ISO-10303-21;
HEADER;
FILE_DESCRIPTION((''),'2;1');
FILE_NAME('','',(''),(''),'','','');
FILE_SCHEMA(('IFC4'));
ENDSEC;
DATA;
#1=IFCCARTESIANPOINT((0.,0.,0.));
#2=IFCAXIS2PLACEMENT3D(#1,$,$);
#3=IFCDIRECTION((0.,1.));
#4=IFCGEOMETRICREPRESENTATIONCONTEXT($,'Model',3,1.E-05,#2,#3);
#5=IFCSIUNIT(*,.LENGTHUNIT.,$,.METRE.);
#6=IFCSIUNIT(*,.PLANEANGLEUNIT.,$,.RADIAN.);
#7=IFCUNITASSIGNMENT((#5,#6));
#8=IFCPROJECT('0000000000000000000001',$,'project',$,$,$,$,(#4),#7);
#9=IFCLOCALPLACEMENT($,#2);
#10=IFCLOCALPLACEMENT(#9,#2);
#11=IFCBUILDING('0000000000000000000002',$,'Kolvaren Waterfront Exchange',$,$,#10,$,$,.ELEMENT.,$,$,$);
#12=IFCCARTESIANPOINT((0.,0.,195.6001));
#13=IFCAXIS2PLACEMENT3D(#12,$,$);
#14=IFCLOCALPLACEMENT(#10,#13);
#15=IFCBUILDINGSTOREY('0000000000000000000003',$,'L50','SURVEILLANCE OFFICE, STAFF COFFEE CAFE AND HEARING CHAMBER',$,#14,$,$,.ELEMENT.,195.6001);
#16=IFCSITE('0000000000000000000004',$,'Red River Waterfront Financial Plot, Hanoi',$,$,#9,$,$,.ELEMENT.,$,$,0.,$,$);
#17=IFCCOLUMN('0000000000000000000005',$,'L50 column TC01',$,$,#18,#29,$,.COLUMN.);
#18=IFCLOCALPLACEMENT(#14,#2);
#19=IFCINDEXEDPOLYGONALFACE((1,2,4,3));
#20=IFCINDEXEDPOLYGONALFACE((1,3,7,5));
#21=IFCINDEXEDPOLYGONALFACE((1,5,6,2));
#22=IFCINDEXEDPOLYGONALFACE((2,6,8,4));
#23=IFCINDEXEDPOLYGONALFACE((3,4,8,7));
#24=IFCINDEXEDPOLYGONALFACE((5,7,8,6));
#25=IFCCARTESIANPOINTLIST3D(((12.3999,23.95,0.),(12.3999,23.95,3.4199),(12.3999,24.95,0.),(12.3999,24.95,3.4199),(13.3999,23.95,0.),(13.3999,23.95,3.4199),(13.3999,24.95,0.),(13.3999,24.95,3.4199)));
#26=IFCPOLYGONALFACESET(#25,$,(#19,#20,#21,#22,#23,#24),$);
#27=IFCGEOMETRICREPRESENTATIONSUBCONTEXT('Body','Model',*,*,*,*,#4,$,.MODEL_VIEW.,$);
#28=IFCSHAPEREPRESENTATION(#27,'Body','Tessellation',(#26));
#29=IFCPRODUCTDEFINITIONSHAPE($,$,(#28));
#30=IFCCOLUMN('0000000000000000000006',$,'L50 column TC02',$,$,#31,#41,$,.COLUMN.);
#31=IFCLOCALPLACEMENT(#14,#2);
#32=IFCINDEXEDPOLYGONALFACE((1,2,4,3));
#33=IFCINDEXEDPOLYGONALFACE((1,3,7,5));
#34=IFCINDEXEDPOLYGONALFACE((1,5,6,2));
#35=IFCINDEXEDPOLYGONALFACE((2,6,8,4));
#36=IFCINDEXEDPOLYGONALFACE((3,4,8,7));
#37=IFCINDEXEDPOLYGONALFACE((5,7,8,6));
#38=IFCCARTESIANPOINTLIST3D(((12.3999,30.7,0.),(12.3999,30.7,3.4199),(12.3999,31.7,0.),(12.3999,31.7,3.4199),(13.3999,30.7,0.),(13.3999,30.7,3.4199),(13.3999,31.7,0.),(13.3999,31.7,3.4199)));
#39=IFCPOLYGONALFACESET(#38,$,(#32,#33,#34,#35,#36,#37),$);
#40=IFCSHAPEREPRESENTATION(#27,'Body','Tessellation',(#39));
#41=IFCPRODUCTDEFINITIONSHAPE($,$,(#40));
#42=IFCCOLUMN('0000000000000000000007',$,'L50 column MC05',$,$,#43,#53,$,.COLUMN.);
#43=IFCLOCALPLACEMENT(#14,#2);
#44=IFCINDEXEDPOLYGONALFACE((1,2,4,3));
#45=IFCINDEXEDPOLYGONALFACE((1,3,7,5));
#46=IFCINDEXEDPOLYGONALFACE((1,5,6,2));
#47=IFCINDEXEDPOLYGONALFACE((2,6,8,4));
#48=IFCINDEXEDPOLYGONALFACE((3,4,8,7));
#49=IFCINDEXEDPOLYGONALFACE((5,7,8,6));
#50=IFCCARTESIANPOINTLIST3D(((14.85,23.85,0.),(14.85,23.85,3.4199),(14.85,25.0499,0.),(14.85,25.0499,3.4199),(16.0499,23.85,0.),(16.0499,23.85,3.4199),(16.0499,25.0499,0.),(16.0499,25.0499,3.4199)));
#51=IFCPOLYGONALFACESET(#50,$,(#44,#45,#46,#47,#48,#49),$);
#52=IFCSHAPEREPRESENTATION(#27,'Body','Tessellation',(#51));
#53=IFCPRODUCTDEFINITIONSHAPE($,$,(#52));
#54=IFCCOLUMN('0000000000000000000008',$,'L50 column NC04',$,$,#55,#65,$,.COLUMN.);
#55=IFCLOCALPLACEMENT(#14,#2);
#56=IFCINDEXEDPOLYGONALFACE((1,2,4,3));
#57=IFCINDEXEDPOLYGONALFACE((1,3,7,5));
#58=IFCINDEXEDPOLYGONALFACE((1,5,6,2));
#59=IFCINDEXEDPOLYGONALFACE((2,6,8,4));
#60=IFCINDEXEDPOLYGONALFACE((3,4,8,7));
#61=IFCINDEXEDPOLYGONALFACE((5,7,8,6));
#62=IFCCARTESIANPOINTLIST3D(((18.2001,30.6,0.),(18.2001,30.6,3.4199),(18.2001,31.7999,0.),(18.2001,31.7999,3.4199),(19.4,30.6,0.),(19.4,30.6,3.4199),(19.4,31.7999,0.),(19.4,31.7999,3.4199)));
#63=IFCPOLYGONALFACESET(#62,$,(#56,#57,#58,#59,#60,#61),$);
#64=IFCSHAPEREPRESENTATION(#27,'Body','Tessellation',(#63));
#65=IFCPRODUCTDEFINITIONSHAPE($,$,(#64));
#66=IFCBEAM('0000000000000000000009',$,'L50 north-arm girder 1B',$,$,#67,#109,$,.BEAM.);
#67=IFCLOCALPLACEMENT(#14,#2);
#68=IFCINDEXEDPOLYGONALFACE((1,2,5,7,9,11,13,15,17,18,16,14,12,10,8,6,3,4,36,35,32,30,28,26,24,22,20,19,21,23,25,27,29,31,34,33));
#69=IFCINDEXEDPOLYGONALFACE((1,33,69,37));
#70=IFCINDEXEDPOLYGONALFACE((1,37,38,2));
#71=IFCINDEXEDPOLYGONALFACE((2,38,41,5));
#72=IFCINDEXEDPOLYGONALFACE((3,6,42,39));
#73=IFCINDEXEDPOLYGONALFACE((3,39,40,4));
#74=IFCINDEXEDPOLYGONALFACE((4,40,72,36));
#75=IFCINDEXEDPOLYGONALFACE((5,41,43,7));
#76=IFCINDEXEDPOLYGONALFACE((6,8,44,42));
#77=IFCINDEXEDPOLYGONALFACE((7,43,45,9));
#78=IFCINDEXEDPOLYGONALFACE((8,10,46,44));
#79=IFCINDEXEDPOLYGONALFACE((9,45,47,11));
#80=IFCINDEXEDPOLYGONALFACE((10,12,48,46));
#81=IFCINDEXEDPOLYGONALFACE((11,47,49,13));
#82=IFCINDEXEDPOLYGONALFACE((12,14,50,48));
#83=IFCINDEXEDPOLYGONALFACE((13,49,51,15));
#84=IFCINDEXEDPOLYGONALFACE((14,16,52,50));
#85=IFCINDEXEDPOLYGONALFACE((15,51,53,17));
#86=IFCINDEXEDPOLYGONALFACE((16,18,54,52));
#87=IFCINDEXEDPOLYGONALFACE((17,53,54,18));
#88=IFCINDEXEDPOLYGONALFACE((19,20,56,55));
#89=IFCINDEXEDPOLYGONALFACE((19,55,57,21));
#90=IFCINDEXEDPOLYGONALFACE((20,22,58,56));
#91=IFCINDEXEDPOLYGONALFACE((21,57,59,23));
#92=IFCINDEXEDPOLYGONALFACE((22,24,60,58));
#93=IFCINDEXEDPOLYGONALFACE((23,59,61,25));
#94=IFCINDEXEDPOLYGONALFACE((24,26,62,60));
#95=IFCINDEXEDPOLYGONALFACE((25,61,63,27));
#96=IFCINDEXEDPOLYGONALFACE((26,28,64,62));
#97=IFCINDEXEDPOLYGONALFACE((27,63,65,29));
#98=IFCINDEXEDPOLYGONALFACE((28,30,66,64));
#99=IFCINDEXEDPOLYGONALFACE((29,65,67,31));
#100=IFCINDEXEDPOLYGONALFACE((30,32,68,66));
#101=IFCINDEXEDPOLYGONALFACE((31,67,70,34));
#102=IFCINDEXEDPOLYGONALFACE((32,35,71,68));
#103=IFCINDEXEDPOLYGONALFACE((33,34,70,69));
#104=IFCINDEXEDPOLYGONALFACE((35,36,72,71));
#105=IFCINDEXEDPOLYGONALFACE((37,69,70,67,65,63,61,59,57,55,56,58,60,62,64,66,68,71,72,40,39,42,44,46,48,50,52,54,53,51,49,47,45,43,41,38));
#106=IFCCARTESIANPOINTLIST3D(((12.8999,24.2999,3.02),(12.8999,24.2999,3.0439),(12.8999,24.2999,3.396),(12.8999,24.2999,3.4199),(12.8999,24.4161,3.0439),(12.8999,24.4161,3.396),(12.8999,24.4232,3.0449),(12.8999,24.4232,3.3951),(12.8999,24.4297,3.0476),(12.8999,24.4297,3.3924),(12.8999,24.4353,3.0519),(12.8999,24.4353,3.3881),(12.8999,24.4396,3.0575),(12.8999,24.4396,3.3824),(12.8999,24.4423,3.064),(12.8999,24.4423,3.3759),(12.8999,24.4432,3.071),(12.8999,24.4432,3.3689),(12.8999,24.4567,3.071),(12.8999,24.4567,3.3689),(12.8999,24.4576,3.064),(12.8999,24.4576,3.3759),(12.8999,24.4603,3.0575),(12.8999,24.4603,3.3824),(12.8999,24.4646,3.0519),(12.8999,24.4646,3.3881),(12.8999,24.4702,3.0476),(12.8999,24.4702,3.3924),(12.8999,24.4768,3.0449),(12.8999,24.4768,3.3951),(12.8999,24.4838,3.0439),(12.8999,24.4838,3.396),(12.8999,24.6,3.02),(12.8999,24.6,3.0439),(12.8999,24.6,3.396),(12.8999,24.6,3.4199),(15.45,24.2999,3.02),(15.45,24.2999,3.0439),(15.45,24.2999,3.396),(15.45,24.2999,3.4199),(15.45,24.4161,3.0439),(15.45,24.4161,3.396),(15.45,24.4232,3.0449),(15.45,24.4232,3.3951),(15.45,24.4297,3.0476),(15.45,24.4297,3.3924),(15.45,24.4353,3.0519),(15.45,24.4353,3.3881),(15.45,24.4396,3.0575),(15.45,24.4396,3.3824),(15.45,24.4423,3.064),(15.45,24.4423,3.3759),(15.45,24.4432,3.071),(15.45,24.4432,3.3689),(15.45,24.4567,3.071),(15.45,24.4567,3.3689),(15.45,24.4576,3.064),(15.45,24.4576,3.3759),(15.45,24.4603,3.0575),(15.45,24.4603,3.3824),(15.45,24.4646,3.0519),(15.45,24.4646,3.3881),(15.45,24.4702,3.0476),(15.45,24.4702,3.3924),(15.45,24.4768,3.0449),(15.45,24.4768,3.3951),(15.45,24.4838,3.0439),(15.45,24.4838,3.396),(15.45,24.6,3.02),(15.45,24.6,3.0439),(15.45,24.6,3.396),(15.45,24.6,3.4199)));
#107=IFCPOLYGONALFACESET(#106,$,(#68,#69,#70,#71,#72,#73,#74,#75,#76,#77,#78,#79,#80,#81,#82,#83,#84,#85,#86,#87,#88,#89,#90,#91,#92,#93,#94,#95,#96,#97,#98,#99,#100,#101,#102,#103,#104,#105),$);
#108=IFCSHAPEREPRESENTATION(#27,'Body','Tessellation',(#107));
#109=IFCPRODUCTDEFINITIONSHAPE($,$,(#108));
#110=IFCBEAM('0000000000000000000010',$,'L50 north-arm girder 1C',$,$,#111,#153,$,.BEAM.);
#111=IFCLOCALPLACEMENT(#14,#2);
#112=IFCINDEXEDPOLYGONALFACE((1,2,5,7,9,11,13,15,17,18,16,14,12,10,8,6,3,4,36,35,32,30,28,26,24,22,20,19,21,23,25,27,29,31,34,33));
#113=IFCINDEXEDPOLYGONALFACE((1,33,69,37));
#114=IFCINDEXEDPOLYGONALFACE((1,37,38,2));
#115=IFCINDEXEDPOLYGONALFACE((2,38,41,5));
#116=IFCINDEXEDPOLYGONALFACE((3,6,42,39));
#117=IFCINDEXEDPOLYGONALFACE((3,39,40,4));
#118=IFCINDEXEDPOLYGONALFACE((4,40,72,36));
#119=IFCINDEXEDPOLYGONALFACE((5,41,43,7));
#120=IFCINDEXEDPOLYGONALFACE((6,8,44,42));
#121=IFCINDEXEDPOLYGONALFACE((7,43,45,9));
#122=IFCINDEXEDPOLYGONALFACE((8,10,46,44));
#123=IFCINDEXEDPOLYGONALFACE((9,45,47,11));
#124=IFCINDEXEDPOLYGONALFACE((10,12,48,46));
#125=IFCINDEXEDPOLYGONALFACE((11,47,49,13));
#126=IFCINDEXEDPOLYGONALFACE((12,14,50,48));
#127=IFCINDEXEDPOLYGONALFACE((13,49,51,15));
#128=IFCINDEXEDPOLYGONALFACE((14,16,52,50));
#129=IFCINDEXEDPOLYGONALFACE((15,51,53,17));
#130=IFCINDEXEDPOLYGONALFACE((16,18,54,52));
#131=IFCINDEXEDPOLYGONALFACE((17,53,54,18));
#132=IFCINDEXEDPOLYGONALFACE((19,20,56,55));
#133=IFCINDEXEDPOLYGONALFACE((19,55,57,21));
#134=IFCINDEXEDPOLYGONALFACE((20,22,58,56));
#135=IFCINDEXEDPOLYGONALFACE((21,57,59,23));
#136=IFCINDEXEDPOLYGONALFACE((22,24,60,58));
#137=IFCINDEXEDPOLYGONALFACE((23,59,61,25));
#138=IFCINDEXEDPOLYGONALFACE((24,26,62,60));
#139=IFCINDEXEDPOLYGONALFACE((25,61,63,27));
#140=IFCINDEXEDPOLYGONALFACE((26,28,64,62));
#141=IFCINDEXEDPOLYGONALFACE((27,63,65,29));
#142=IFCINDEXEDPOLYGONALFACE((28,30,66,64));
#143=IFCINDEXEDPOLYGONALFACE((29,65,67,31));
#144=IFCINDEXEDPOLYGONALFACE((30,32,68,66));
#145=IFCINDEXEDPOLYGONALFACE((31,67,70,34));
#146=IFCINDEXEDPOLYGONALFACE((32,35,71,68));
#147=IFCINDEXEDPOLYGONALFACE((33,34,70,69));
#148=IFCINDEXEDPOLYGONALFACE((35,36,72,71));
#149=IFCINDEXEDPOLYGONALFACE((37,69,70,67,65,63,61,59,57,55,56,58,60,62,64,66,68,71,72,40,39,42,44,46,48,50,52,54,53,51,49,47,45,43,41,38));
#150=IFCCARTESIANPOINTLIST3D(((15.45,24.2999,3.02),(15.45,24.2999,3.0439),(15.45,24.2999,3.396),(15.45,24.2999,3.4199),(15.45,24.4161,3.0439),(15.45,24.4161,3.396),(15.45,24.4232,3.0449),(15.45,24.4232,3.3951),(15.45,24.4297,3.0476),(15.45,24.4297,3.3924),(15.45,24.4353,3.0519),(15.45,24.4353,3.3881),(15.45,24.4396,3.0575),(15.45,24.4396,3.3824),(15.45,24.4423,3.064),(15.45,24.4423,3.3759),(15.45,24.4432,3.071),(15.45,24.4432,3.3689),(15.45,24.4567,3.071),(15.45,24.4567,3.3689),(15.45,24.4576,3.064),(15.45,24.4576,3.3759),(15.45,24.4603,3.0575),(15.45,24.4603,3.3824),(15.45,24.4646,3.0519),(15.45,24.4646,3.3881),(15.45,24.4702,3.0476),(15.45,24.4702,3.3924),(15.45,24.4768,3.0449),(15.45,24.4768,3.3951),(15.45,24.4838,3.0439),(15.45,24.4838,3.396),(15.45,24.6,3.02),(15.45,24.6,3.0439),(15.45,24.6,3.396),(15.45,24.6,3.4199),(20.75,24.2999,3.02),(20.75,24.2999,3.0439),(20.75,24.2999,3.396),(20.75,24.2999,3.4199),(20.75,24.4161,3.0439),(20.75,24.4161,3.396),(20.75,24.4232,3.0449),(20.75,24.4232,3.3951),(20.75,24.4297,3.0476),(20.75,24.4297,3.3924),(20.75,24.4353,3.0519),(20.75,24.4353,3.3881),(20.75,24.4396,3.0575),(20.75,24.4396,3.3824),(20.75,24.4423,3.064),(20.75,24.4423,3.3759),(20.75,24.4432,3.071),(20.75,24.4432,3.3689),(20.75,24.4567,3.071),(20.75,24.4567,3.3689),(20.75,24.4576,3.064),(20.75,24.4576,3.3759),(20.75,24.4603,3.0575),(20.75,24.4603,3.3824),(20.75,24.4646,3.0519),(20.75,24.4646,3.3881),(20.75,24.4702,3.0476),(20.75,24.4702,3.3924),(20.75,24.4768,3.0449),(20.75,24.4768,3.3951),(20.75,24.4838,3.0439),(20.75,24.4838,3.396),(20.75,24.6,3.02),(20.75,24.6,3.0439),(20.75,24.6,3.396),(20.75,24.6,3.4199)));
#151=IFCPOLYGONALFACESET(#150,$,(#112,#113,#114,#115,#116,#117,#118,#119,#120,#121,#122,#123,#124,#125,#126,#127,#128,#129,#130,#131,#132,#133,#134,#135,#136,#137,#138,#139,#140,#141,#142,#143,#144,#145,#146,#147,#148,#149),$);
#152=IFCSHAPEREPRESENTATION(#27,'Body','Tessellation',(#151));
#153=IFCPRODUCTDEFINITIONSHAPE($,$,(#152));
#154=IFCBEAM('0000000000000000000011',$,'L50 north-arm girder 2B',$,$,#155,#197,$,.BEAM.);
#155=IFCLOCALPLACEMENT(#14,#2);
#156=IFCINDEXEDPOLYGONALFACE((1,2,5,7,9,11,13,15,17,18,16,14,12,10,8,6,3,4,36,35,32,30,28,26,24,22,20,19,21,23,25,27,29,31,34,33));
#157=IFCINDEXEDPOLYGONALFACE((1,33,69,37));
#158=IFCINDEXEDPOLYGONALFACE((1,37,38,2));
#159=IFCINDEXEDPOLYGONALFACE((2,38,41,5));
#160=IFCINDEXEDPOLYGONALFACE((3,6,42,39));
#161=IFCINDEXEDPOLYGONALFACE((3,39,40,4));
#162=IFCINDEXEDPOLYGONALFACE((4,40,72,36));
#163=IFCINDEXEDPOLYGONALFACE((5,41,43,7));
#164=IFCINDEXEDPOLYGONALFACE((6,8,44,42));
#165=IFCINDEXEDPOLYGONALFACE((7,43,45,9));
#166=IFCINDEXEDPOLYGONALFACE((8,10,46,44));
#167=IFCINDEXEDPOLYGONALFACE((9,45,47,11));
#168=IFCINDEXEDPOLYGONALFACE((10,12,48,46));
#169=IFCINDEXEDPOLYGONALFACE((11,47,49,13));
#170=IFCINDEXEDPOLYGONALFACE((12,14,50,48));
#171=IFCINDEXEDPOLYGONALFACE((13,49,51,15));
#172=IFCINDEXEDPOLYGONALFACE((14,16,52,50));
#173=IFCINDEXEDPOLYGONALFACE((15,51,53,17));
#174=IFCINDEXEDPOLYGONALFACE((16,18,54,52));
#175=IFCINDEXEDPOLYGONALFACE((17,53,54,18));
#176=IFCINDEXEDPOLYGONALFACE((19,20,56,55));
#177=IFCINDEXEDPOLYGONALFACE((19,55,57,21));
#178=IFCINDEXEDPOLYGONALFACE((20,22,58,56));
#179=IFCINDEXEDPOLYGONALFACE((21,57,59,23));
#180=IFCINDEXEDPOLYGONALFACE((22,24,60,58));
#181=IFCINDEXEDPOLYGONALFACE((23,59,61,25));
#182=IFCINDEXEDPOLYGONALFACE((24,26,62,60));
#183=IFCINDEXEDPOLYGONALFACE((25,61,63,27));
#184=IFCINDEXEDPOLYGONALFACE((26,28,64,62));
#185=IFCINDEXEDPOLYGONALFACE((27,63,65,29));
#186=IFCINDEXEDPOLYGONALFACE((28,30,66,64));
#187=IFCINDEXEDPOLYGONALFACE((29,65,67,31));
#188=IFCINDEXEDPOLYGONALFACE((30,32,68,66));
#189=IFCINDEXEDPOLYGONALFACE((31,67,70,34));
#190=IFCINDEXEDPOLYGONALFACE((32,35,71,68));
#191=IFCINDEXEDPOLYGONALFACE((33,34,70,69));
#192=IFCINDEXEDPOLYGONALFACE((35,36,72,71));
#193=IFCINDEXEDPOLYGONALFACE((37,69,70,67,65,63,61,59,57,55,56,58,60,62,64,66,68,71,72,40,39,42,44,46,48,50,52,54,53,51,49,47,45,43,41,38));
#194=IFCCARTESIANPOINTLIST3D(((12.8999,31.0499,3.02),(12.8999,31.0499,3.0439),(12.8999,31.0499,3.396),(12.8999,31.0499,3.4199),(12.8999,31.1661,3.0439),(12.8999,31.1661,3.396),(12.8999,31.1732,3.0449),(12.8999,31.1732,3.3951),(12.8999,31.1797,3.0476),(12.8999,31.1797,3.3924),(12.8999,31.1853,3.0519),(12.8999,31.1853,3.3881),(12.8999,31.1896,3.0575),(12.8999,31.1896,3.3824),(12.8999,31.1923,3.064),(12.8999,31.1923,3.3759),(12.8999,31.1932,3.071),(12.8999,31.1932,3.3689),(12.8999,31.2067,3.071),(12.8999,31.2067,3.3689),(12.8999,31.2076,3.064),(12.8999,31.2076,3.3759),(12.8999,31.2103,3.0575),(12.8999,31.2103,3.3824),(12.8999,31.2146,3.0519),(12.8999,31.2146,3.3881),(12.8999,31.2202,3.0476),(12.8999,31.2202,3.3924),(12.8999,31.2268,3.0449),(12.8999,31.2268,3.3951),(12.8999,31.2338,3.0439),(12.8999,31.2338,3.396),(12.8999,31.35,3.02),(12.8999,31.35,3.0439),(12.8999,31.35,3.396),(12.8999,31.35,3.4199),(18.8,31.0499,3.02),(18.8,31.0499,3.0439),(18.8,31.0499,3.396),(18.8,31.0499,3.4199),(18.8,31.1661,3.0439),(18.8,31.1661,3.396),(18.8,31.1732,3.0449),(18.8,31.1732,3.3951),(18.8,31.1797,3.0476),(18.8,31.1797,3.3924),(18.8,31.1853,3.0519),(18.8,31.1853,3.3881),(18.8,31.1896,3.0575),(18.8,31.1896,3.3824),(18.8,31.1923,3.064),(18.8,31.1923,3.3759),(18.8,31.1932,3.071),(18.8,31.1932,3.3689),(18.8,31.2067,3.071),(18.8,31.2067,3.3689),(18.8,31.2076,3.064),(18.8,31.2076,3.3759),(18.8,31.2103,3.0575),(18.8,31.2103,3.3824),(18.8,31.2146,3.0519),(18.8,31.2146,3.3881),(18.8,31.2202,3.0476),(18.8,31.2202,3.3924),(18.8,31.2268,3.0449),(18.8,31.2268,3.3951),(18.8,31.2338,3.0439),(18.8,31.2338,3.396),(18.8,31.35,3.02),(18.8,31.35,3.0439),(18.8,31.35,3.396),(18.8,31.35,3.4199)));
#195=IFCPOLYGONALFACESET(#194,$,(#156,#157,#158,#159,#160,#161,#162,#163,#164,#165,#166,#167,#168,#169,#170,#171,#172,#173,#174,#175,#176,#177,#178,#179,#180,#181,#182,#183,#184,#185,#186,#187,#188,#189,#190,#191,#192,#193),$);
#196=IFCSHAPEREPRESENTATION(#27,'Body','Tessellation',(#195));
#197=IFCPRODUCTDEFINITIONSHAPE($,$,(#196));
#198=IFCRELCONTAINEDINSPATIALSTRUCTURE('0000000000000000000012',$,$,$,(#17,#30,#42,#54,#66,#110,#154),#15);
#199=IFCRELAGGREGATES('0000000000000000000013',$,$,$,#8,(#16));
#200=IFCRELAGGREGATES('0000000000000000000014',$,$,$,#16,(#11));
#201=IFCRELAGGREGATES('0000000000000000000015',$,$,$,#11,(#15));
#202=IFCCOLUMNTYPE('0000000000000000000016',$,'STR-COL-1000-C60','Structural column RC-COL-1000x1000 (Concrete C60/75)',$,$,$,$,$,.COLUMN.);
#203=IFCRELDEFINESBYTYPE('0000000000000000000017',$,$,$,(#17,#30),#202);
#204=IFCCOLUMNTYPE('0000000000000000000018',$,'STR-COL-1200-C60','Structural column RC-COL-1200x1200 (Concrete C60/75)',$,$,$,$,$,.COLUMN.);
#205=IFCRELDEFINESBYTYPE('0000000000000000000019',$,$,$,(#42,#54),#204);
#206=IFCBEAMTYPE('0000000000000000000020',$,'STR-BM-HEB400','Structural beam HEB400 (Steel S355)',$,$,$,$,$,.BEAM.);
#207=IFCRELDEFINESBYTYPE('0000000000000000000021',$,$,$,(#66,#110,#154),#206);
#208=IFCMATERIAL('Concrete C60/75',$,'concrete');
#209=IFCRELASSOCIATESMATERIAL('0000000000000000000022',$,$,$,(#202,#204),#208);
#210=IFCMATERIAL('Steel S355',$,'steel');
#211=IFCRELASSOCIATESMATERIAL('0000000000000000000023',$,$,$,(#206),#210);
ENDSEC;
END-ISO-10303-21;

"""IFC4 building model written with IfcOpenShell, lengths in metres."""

from ifc_helpers import new_model, si_unit, direction, frame, origin, origin_2d, place, context, subcontext, project, spatial, rectangle, i_section, extrude, material, material_profile, profile_set, type_object, element, save


model = new_model("IFC4")

# Units and contexts
model_context = context("Model", 3, precision=1e-05, world=origin(), true_north=direction((0.0, 1.0)))
body_context = subcontext(model_context, "Body", "Model", "MODEL_VIEW")
ifc_project = project(units=[si_unit("LENGTHUNIT", "METRE"), si_unit("PLANEANGLEUNIT", "RADIAN")], contexts=[model_context])

# Site, building, storey
site_placement = place(None, origin())
site = spatial("IfcSite", under=ifc_project, at=site_placement, Name="Red River Waterfront Financial Plot, Hanoi", CompositionType="ELEMENT", RefElevation=0.0)
building_placement = place(site_placement, origin())
building = spatial("IfcBuilding", under=site, at=building_placement, Name="Kolvaren Waterfront Exchange", CompositionType="ELEMENT")
storey_placement = place(building_placement, frame((0.0, 0.0, 195.6001)))
storey = spatial("IfcBuildingStorey", under=building, at=storey_placement, Name="L50", Description="SURVEILLANCE OFFICE, STAFF COFFEE CAFE AND HEARING CHAMBER", CompositionType="ELEMENT", Elevation=195.6001)

# Columns
ifc_material_1 = material(Name="Concrete C60/75", Category="concrete")
ifc_material_profile_1 = material_profile(ifc_material_1, rectangle(XDim=1.0, YDim=1.0, at=origin_2d()), Name="RC-COL-1000x1000")
ifc_profile_set_1 = profile_set([ifc_material_profile_1], Name="Concrete C60/75")
column_type_1 = type_object("IfcColumnType", Name="STR-COL-1000-C60", Description="Structural column RC-COL-1000x1000 (Concrete C60/75)", PredefinedType="COLUMN", material=ifc_profile_set_1)
for number, where, z_axis, x_axis, name in (
    (1, (12.8999, 24.45, 0.0), (0.0, 0.0, 1.0), (1.0, 0.0, 0.0), "L50 column TC01"),
    (2, (12.8999, 31.2, 0.0), (0.0, 0.0, 1.0), (1.0, 0.0, 0.0), "L50 column TC02"),
):
    element("IfcColumn", number, at=place(storey_placement, frame(where, z_axis=z_axis, x_axis=x_axis)), inside=storey, type_object=column_type_1, Name=name, PredefinedType="COLUMN", context=body_context, shape_type="SweptSolid", body=[
        extrude(rectangle(XDim=1.0, YDim=1.0, at=origin_2d()), origin(), (0.0, 0.0, 1.0), 3.4199),
    ])
ifc_material_profile_2 = material_profile(ifc_material_1, rectangle(XDim=1.2, YDim=1.2, at=origin_2d()), Name="RC-COL-1200x1200")
ifc_profile_set_2 = profile_set([ifc_material_profile_2], Name="Concrete C60/75")
column_type_2 = type_object("IfcColumnType", Name="STR-COL-1200-C60", Description="Structural column RC-COL-1200x1200 (Concrete C60/75)", PredefinedType="COLUMN", material=ifc_profile_set_2)
for number, where, z_axis, x_axis, name in (
    (3, (15.45, 24.45, 0.0), (0.0, 0.0, 1.0), (1.0, 0.0, 0.0), "L50 column MC05"),
    (4, (18.8, 31.2, 0.0), (0.0, 0.0, 1.0), (1.0, 0.0, 0.0), "L50 column NC04"),
):
    element("IfcColumn", number, at=place(storey_placement, frame(where, z_axis=z_axis, x_axis=x_axis)), inside=storey, type_object=column_type_2, Name=name, PredefinedType="COLUMN", context=body_context, shape_type="SweptSolid", body=[
        extrude(rectangle(XDim=1.2, YDim=1.2, at=origin_2d()), origin(), (0.0, 0.0, 1.0), 3.4199),
    ])

# Beams
ifc_material_2 = material(Name="Steel S355", Category="steel")
ifc_material_profile_3 = material_profile(ifc_material_2, i_section(OverallWidth=0.3, OverallDepth=0.3999, WebThickness=0.0134, FlangeThickness=0.0239, FilletRadius=0.0271, at=origin_2d()), Name="HEB400")
ifc_profile_set_3 = profile_set([ifc_material_profile_3], Name="Steel S355")
beam_type_1 = type_object("IfcBeamType", Name="STR-BM-HEB400", Description="Structural beam HEB400 (Steel S355)", PredefinedType="BEAM", material=ifc_profile_set_3)
beam_1_placement = place(storey_placement, frame((12.8999, 24.45, 3.22), z_axis=(1.0, 0.0, 0.0), x_axis=(0.0, 1.0, 0.0)))
element("IfcBeam", 5, at=beam_1_placement, inside=storey, type_object=beam_type_1, Name="L50 north-arm girder 1B", PredefinedType="BEAM", context=body_context, shape_type="SweptSolid", body=[
    extrude(i_section(OverallWidth=0.3, OverallDepth=0.3999, WebThickness=0.0134, FlangeThickness=0.0239, FilletRadius=0.0271, at=origin_2d()), origin(), (0.0, 0.0, 1.0), 2.55),
])
beam_2_placement = place(storey_placement, frame((15.45, 24.45, 3.22), z_axis=(1.0, 0.0, 0.0), x_axis=(0.0, 1.0, 0.0)))
element("IfcBeam", 6, at=beam_2_placement, inside=storey, type_object=beam_type_1, Name="L50 north-arm girder 1C", PredefinedType="BEAM", context=body_context, shape_type="SweptSolid", body=[
    extrude(i_section(OverallWidth=0.3, OverallDepth=0.3999, WebThickness=0.0134, FlangeThickness=0.0239, FilletRadius=0.0271, at=origin_2d()), origin(), (0.0, 0.0, 1.0), 5.3),
])
beam_3_placement = place(storey_placement, frame((12.8999, 31.2, 3.22), z_axis=(1.0, 0.0, 0.0), x_axis=(0.0, 1.0, 0.0)))
element("IfcBeam", 7, at=beam_3_placement, inside=storey, type_object=beam_type_1, Name="L50 north-arm girder 2B", PredefinedType="BEAM", context=body_context, shape_type="SweptSolid", body=[
    extrude(i_section(OverallWidth=0.3, OverallDepth=0.3999, WebThickness=0.0134, FlangeThickness=0.0239, FilletRadius=0.0271, at=origin_2d()), origin(), (0.0, 0.0, 1.0), 5.9001),
])

save(model, "model.ifc")
